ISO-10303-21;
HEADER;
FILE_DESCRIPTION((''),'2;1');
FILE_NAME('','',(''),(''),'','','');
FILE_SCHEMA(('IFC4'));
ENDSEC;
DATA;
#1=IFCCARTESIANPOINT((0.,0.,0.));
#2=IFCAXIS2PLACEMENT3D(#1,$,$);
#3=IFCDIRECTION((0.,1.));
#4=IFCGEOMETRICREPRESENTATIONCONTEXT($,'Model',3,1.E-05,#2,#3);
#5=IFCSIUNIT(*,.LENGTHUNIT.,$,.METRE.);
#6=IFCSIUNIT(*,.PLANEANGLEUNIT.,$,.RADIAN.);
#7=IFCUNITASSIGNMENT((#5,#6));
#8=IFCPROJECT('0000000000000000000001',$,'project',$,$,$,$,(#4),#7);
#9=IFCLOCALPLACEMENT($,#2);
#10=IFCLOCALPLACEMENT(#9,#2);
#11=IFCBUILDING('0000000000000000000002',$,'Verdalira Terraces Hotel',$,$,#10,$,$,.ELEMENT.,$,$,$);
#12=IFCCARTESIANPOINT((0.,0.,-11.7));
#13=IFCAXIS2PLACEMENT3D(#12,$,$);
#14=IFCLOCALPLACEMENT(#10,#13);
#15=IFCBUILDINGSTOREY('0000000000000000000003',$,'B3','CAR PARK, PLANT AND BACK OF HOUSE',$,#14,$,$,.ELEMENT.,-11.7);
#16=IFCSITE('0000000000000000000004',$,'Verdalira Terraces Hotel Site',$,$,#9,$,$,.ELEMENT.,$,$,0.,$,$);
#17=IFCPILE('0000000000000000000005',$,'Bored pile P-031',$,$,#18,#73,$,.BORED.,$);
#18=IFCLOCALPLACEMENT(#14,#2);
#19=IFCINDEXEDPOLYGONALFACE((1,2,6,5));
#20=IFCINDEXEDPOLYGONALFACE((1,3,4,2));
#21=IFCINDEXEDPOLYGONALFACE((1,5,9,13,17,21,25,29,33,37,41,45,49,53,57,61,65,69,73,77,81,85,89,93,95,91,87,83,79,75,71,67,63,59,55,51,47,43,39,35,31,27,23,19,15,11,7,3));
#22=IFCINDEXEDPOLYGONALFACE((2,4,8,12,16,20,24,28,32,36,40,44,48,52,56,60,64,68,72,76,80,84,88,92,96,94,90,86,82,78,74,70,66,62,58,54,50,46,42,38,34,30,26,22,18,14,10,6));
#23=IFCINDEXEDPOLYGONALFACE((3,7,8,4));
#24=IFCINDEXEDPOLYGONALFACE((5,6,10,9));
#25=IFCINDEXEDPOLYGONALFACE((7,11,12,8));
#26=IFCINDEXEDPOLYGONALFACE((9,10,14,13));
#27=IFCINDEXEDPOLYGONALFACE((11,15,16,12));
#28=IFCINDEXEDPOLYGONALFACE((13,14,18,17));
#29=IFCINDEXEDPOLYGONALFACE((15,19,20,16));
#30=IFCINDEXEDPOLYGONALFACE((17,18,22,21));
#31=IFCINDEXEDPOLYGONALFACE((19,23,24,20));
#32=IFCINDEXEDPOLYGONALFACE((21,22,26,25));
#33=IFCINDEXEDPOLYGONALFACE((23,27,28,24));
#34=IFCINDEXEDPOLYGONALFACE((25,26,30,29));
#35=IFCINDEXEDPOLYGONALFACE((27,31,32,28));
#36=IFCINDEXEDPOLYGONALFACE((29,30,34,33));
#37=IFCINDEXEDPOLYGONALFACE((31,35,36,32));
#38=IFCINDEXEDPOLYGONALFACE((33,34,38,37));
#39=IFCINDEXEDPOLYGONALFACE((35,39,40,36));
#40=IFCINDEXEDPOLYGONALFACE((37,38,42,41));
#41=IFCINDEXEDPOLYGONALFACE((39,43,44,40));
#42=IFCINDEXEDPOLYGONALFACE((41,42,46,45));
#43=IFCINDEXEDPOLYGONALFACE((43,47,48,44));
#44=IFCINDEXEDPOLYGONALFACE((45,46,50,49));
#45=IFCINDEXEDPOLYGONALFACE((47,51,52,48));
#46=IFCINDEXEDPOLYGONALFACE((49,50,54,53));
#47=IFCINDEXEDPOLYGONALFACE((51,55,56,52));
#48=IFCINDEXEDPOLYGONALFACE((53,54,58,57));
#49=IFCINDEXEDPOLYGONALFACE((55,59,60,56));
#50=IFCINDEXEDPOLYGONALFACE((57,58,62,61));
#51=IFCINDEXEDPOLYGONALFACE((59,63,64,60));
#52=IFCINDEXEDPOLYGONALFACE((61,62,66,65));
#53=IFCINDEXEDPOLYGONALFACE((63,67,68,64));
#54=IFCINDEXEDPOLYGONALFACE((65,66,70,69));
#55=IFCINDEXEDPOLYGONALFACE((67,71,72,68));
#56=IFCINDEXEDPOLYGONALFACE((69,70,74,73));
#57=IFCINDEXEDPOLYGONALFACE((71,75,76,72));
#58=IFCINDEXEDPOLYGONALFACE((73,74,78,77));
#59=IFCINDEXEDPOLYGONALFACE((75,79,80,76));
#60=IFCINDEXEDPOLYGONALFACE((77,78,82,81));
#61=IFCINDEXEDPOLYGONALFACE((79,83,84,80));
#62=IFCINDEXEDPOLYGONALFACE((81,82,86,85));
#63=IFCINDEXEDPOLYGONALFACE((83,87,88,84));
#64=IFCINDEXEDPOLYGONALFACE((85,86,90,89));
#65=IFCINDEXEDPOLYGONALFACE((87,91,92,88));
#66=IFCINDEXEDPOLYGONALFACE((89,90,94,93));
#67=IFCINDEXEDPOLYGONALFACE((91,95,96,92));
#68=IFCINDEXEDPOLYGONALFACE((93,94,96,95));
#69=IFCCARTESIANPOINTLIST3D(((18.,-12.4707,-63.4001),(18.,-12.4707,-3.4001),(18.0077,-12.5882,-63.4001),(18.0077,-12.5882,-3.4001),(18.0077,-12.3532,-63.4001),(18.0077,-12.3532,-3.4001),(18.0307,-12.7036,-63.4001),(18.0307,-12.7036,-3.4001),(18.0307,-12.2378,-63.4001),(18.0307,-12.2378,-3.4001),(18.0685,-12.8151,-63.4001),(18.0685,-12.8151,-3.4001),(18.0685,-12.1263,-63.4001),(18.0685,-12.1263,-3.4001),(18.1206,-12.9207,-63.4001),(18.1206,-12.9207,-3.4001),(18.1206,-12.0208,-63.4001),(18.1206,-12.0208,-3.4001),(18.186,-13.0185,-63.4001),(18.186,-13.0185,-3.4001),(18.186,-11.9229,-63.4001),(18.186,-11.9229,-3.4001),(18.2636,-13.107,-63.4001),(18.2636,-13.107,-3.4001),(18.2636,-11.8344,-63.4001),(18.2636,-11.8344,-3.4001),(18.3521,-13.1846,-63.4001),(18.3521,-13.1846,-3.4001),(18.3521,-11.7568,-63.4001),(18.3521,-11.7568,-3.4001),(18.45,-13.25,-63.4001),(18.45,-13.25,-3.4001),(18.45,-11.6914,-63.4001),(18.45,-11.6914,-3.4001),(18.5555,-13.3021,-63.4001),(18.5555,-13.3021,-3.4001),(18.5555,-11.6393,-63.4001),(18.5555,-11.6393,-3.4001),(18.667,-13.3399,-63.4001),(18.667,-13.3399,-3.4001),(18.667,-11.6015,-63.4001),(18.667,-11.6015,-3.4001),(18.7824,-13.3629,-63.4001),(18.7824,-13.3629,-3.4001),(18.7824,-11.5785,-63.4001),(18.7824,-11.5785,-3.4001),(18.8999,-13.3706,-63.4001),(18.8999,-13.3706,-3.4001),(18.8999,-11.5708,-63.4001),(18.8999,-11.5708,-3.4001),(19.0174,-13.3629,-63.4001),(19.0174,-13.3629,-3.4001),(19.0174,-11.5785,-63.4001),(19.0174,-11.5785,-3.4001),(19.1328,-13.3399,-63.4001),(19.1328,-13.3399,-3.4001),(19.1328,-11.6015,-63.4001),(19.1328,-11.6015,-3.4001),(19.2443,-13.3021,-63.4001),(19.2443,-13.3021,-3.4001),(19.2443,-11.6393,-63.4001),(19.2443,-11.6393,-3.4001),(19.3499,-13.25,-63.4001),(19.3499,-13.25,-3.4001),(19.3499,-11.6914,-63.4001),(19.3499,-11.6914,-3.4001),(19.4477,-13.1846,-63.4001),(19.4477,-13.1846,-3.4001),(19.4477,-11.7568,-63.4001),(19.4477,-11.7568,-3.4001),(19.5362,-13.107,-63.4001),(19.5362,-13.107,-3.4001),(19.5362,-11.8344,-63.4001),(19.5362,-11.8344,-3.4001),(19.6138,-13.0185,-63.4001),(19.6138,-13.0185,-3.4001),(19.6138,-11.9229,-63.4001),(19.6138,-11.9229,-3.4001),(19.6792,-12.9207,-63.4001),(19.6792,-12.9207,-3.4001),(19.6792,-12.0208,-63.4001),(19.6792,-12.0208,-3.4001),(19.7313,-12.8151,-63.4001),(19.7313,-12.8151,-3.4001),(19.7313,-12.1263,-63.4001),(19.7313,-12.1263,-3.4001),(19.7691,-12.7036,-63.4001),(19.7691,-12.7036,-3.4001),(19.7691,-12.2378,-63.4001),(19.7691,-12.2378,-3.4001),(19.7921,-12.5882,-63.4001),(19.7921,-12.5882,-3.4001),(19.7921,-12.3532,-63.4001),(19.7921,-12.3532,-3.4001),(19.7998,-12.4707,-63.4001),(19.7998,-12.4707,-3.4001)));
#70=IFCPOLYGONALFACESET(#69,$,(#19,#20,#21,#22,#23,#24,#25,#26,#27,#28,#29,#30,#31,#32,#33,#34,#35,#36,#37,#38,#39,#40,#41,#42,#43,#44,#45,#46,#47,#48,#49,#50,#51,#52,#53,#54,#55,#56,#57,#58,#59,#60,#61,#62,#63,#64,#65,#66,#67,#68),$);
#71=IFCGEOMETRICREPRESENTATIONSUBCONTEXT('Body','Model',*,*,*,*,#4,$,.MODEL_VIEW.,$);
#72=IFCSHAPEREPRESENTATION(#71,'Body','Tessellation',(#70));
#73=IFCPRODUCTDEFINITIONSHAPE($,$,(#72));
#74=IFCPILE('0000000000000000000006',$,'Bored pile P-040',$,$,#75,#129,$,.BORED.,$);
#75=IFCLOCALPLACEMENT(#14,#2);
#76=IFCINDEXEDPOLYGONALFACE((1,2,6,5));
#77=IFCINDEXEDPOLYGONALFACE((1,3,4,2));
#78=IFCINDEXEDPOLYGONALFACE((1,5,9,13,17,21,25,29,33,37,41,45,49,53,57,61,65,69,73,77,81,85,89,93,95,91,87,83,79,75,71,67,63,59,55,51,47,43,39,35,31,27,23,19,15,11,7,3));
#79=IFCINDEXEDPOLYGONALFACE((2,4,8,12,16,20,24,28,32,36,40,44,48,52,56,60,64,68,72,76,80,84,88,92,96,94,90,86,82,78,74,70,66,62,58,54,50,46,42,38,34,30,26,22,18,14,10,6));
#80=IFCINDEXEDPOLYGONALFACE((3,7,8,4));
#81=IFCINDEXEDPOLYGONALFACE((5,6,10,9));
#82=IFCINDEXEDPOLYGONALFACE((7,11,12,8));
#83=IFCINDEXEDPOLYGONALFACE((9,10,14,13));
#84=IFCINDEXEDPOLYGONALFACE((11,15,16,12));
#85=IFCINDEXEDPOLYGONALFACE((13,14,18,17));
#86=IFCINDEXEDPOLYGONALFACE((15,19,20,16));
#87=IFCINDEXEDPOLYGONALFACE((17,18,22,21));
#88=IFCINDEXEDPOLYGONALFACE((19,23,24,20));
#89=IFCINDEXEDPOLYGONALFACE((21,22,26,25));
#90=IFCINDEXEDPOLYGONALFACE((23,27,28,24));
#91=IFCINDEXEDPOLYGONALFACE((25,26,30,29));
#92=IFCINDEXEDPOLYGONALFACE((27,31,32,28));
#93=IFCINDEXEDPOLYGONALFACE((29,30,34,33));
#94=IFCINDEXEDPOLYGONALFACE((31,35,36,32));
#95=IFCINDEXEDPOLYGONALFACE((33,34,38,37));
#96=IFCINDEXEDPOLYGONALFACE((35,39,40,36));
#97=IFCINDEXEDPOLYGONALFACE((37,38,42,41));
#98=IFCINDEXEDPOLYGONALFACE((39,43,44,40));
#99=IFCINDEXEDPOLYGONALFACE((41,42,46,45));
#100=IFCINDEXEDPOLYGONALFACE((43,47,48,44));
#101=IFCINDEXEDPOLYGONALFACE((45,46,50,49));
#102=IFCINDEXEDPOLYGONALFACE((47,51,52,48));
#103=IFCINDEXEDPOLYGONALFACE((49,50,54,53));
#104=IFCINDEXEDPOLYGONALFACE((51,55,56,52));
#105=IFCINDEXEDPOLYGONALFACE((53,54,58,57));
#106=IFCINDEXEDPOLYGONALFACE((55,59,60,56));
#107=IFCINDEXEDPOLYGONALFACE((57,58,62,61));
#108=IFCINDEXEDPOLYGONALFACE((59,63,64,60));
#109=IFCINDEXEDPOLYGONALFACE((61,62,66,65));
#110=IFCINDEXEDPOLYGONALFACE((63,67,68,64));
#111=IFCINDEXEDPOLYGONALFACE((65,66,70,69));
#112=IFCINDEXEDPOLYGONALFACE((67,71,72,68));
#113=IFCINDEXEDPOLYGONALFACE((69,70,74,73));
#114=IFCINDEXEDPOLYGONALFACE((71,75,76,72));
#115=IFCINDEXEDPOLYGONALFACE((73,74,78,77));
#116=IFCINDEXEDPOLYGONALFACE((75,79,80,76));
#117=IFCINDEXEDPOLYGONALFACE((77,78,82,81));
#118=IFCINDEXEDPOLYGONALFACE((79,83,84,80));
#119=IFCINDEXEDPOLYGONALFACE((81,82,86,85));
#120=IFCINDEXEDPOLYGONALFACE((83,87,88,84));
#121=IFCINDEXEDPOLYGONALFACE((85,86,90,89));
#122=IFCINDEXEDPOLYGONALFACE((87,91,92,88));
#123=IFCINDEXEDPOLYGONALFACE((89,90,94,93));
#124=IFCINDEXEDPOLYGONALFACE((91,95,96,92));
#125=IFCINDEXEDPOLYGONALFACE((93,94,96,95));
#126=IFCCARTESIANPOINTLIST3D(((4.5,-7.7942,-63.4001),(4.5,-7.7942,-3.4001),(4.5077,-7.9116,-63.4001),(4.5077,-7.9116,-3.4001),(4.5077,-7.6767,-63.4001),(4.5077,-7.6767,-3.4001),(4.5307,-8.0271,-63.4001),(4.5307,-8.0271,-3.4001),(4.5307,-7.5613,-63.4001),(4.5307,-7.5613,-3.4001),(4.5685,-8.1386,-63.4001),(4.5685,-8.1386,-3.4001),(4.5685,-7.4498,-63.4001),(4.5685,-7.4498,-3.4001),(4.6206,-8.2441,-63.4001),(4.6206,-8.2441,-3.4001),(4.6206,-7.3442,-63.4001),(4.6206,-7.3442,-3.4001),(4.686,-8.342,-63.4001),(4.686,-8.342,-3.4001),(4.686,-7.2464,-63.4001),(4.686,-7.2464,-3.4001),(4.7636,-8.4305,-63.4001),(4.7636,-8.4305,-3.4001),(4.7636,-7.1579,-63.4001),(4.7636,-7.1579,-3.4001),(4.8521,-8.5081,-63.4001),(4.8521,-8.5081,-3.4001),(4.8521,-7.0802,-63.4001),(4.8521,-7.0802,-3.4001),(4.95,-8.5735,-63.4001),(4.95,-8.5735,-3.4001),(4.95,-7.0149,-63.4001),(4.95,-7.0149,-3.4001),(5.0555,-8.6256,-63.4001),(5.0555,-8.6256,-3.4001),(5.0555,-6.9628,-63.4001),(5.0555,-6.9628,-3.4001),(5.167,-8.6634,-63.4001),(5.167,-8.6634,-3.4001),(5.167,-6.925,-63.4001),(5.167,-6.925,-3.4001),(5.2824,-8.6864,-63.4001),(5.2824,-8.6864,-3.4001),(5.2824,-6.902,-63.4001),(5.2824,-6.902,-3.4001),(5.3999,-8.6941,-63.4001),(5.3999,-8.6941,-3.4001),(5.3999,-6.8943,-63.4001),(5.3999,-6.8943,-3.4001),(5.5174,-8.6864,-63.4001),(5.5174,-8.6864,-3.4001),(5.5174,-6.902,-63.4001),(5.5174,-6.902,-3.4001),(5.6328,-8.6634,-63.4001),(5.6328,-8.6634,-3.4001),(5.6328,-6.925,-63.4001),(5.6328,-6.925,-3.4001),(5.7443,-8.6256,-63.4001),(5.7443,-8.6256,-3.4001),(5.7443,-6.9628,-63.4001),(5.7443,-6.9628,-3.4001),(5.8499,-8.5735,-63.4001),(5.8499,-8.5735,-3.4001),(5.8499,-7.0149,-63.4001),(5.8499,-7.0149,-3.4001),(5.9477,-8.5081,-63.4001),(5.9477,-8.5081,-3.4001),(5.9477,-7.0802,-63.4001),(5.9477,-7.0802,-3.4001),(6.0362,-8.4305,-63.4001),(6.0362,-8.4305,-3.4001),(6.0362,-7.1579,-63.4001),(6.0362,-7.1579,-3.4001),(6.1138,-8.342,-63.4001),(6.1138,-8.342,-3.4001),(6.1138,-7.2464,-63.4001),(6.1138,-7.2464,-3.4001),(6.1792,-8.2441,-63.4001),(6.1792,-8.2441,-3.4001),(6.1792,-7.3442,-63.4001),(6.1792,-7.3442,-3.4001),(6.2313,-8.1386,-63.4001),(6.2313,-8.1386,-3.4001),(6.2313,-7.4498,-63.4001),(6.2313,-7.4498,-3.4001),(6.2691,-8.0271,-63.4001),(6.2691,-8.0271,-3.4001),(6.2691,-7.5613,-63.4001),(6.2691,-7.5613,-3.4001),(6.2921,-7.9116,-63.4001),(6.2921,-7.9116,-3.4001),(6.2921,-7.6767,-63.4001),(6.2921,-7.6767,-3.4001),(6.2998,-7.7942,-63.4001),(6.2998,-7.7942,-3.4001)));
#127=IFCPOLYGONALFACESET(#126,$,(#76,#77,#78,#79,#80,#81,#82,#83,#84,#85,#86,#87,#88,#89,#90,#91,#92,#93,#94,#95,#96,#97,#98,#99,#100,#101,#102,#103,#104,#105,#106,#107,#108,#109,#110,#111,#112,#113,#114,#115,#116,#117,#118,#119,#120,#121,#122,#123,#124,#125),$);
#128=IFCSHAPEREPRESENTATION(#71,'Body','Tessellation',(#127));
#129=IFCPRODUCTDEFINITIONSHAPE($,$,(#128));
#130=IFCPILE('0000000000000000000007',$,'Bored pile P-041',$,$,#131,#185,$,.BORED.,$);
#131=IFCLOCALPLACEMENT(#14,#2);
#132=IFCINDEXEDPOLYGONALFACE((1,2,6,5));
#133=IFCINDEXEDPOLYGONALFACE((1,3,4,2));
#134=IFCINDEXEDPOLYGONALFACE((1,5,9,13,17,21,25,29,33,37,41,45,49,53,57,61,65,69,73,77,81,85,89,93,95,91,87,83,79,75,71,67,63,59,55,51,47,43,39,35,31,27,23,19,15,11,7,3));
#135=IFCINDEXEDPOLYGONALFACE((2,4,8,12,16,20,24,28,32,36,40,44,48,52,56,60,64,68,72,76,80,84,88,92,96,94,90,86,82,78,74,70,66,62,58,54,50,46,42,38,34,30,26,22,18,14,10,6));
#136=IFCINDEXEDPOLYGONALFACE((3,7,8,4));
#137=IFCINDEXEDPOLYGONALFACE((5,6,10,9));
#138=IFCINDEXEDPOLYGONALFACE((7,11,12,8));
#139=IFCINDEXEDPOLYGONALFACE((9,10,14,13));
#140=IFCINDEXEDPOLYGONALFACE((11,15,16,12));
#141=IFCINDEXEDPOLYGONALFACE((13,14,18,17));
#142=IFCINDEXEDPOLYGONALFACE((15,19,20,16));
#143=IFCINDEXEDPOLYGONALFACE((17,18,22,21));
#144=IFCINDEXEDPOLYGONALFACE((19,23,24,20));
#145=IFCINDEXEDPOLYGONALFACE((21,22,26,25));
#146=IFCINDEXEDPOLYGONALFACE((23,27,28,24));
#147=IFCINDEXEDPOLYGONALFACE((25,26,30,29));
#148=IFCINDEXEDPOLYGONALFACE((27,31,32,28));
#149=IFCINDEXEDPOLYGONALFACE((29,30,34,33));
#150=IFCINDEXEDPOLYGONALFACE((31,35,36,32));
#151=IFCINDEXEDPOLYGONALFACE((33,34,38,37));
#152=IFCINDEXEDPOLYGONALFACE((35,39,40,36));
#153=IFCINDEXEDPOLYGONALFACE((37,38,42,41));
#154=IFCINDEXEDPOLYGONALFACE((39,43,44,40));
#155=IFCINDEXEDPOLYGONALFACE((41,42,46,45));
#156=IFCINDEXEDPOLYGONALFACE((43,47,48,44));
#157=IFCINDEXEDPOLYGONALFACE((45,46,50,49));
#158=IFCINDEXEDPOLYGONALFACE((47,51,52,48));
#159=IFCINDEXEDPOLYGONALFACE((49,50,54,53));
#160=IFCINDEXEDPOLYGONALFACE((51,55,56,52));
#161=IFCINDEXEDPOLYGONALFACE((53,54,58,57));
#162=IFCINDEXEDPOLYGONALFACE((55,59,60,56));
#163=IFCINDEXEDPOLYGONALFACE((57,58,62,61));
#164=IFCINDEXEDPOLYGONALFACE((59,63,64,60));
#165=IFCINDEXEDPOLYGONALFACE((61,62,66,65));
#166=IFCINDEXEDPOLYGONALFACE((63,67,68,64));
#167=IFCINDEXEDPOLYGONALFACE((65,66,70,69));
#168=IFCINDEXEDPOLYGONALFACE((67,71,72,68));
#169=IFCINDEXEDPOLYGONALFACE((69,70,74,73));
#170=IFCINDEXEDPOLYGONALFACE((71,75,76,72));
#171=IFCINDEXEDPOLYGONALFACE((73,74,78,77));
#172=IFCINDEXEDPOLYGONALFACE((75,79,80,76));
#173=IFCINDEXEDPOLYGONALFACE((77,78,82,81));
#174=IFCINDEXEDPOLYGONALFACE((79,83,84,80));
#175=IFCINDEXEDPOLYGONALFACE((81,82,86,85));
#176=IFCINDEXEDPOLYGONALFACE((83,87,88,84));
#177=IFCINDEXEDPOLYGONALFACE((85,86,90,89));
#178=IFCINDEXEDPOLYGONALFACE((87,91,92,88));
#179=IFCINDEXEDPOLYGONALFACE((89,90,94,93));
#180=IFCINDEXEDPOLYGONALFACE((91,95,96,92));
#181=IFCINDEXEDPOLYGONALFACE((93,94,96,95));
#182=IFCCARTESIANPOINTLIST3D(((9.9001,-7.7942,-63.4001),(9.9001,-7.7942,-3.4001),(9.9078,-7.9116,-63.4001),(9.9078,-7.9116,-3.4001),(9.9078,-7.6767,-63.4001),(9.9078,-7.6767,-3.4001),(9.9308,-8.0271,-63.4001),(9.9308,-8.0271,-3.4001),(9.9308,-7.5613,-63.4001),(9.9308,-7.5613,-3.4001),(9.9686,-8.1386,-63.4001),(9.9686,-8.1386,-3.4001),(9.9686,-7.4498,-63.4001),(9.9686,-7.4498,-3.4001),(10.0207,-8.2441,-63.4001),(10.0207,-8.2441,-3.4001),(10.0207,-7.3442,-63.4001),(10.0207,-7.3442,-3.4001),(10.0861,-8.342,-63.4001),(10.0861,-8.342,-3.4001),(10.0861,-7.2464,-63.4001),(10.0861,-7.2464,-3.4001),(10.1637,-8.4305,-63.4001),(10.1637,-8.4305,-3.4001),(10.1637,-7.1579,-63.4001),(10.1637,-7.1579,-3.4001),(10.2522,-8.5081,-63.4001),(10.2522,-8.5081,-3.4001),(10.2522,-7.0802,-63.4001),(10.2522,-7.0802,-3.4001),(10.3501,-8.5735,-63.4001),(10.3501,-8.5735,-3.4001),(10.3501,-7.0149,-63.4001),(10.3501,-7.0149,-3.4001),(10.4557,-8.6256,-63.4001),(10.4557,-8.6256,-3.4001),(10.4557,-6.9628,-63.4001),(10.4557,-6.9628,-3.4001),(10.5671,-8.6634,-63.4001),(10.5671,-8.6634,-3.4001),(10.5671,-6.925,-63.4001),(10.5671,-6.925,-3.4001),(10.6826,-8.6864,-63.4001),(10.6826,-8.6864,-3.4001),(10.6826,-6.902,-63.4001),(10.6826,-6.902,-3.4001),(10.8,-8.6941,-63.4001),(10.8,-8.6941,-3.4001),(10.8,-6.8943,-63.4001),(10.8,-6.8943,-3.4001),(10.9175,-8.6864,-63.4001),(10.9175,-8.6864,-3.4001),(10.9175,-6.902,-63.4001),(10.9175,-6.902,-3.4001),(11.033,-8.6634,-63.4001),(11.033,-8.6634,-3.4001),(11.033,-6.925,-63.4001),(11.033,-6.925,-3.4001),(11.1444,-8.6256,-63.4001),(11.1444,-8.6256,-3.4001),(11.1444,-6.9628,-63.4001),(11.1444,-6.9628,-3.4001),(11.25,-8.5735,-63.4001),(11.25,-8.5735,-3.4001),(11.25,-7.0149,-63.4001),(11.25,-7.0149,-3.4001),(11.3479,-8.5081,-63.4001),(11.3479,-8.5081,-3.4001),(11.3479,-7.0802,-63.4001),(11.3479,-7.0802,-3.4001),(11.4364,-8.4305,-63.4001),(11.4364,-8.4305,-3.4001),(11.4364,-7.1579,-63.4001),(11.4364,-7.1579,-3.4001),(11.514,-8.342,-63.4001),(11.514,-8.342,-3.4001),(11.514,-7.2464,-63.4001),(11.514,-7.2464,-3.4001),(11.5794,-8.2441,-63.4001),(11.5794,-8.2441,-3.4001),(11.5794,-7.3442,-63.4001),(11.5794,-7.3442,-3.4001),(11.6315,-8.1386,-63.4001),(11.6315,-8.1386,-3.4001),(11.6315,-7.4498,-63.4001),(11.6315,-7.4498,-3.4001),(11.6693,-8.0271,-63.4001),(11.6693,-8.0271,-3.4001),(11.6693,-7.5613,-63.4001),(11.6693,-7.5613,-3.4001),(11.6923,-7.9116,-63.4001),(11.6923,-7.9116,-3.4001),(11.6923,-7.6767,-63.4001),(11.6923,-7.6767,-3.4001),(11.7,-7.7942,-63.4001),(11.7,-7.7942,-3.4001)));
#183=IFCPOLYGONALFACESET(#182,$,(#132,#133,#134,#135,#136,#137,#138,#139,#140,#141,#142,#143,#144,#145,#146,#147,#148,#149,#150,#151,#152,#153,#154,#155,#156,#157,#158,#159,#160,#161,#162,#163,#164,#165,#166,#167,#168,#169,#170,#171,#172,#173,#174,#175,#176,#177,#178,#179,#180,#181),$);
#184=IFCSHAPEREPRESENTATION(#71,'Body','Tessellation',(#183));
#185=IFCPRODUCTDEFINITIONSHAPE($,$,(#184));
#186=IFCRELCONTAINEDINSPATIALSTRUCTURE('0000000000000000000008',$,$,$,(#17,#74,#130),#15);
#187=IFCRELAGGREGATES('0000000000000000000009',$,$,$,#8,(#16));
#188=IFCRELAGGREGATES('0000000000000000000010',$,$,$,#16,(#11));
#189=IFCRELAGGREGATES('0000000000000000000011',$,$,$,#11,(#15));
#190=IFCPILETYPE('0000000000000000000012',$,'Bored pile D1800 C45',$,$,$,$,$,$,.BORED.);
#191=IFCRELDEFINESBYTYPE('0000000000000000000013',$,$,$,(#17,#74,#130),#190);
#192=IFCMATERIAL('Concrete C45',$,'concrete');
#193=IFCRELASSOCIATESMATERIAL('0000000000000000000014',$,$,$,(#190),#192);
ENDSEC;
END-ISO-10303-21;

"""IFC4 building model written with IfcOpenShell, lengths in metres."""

from ifc_helpers import new_model, si_unit, direction, frame, origin, origin_2d, place, context, subcontext, project, spatial, circle, extrude, material, material_profile, profile_set, type_object, element, save


model = new_model("IFC4")

# Units and contexts
model_context = context("Model", 3, precision=1e-05, world=origin(), true_north=direction((0.0, 1.0)))
body_context = subcontext(model_context, "Body", "Model", "MODEL_VIEW")
ifc_project = project(units=[si_unit("LENGTHUNIT", "METRE"), si_unit("PLANEANGLEUNIT", "RADIAN")], contexts=[model_context])

# Site, building, storey
site_placement = place(None, origin())
site = spatial("IfcSite", under=ifc_project, at=site_placement, Name="Verdalira Terraces Hotel Site", CompositionType="ELEMENT", RefElevation=0.0)
building_placement = place(site_placement, origin())
building = spatial("IfcBuilding", under=site, at=building_placement, Name="Verdalira Terraces Hotel", CompositionType="ELEMENT")
storey_placement = place(building_placement, frame((0.0, 0.0, -11.7)))
storey = spatial("IfcBuildingStorey", under=building, at=storey_placement, Name="B3", Description="CAR PARK, PLANT AND BACK OF HOUSE", CompositionType="ELEMENT", Elevation=-11.7)

# Piles
ifc_material_1 = material(Name="Concrete C45", Category="concrete")
ifc_material_profile = material_profile(ifc_material_1, circle(Radius=0.8999, at=origin_2d()), Name="D1800")
ifc_profile_set = profile_set([ifc_material_profile], Name="Concrete C45")
pile_type = type_object("IfcPileType", Name="Bored pile D1800 C45", PredefinedType="BORED", material=ifc_profile_set)
for number, where, z_axis, x_axis, name in (
    (1, (18.8999, -12.4707, -3.4001), (0.0, 0.0, -1.0), (1.0, 0.0, 0.0), "Bored pile P-031"),
    (2, (5.3999, -7.7942, -3.4001), (0.0, 0.0, -1.0), (1.0, 0.0, 0.0), "Bored pile P-040"),
    (3, (10.8, -7.7942, -3.4001), (0.0, 0.0, -1.0), (1.0, 0.0, 0.0), "Bored pile P-041"),
):
    element("IfcPile", number, at=place(storey_placement, frame(where, z_axis=z_axis, x_axis=x_axis)), inside=storey, type_object=pile_type, Name=name, PredefinedType="BORED", context=body_context, shape_type="SweptSolid", body=[
        extrude(circle(Radius=0.8999, at=origin_2d()), origin(), (0.0, 0.0, 1.0), 60.0),
    ])

save(model, "model.ifc")
